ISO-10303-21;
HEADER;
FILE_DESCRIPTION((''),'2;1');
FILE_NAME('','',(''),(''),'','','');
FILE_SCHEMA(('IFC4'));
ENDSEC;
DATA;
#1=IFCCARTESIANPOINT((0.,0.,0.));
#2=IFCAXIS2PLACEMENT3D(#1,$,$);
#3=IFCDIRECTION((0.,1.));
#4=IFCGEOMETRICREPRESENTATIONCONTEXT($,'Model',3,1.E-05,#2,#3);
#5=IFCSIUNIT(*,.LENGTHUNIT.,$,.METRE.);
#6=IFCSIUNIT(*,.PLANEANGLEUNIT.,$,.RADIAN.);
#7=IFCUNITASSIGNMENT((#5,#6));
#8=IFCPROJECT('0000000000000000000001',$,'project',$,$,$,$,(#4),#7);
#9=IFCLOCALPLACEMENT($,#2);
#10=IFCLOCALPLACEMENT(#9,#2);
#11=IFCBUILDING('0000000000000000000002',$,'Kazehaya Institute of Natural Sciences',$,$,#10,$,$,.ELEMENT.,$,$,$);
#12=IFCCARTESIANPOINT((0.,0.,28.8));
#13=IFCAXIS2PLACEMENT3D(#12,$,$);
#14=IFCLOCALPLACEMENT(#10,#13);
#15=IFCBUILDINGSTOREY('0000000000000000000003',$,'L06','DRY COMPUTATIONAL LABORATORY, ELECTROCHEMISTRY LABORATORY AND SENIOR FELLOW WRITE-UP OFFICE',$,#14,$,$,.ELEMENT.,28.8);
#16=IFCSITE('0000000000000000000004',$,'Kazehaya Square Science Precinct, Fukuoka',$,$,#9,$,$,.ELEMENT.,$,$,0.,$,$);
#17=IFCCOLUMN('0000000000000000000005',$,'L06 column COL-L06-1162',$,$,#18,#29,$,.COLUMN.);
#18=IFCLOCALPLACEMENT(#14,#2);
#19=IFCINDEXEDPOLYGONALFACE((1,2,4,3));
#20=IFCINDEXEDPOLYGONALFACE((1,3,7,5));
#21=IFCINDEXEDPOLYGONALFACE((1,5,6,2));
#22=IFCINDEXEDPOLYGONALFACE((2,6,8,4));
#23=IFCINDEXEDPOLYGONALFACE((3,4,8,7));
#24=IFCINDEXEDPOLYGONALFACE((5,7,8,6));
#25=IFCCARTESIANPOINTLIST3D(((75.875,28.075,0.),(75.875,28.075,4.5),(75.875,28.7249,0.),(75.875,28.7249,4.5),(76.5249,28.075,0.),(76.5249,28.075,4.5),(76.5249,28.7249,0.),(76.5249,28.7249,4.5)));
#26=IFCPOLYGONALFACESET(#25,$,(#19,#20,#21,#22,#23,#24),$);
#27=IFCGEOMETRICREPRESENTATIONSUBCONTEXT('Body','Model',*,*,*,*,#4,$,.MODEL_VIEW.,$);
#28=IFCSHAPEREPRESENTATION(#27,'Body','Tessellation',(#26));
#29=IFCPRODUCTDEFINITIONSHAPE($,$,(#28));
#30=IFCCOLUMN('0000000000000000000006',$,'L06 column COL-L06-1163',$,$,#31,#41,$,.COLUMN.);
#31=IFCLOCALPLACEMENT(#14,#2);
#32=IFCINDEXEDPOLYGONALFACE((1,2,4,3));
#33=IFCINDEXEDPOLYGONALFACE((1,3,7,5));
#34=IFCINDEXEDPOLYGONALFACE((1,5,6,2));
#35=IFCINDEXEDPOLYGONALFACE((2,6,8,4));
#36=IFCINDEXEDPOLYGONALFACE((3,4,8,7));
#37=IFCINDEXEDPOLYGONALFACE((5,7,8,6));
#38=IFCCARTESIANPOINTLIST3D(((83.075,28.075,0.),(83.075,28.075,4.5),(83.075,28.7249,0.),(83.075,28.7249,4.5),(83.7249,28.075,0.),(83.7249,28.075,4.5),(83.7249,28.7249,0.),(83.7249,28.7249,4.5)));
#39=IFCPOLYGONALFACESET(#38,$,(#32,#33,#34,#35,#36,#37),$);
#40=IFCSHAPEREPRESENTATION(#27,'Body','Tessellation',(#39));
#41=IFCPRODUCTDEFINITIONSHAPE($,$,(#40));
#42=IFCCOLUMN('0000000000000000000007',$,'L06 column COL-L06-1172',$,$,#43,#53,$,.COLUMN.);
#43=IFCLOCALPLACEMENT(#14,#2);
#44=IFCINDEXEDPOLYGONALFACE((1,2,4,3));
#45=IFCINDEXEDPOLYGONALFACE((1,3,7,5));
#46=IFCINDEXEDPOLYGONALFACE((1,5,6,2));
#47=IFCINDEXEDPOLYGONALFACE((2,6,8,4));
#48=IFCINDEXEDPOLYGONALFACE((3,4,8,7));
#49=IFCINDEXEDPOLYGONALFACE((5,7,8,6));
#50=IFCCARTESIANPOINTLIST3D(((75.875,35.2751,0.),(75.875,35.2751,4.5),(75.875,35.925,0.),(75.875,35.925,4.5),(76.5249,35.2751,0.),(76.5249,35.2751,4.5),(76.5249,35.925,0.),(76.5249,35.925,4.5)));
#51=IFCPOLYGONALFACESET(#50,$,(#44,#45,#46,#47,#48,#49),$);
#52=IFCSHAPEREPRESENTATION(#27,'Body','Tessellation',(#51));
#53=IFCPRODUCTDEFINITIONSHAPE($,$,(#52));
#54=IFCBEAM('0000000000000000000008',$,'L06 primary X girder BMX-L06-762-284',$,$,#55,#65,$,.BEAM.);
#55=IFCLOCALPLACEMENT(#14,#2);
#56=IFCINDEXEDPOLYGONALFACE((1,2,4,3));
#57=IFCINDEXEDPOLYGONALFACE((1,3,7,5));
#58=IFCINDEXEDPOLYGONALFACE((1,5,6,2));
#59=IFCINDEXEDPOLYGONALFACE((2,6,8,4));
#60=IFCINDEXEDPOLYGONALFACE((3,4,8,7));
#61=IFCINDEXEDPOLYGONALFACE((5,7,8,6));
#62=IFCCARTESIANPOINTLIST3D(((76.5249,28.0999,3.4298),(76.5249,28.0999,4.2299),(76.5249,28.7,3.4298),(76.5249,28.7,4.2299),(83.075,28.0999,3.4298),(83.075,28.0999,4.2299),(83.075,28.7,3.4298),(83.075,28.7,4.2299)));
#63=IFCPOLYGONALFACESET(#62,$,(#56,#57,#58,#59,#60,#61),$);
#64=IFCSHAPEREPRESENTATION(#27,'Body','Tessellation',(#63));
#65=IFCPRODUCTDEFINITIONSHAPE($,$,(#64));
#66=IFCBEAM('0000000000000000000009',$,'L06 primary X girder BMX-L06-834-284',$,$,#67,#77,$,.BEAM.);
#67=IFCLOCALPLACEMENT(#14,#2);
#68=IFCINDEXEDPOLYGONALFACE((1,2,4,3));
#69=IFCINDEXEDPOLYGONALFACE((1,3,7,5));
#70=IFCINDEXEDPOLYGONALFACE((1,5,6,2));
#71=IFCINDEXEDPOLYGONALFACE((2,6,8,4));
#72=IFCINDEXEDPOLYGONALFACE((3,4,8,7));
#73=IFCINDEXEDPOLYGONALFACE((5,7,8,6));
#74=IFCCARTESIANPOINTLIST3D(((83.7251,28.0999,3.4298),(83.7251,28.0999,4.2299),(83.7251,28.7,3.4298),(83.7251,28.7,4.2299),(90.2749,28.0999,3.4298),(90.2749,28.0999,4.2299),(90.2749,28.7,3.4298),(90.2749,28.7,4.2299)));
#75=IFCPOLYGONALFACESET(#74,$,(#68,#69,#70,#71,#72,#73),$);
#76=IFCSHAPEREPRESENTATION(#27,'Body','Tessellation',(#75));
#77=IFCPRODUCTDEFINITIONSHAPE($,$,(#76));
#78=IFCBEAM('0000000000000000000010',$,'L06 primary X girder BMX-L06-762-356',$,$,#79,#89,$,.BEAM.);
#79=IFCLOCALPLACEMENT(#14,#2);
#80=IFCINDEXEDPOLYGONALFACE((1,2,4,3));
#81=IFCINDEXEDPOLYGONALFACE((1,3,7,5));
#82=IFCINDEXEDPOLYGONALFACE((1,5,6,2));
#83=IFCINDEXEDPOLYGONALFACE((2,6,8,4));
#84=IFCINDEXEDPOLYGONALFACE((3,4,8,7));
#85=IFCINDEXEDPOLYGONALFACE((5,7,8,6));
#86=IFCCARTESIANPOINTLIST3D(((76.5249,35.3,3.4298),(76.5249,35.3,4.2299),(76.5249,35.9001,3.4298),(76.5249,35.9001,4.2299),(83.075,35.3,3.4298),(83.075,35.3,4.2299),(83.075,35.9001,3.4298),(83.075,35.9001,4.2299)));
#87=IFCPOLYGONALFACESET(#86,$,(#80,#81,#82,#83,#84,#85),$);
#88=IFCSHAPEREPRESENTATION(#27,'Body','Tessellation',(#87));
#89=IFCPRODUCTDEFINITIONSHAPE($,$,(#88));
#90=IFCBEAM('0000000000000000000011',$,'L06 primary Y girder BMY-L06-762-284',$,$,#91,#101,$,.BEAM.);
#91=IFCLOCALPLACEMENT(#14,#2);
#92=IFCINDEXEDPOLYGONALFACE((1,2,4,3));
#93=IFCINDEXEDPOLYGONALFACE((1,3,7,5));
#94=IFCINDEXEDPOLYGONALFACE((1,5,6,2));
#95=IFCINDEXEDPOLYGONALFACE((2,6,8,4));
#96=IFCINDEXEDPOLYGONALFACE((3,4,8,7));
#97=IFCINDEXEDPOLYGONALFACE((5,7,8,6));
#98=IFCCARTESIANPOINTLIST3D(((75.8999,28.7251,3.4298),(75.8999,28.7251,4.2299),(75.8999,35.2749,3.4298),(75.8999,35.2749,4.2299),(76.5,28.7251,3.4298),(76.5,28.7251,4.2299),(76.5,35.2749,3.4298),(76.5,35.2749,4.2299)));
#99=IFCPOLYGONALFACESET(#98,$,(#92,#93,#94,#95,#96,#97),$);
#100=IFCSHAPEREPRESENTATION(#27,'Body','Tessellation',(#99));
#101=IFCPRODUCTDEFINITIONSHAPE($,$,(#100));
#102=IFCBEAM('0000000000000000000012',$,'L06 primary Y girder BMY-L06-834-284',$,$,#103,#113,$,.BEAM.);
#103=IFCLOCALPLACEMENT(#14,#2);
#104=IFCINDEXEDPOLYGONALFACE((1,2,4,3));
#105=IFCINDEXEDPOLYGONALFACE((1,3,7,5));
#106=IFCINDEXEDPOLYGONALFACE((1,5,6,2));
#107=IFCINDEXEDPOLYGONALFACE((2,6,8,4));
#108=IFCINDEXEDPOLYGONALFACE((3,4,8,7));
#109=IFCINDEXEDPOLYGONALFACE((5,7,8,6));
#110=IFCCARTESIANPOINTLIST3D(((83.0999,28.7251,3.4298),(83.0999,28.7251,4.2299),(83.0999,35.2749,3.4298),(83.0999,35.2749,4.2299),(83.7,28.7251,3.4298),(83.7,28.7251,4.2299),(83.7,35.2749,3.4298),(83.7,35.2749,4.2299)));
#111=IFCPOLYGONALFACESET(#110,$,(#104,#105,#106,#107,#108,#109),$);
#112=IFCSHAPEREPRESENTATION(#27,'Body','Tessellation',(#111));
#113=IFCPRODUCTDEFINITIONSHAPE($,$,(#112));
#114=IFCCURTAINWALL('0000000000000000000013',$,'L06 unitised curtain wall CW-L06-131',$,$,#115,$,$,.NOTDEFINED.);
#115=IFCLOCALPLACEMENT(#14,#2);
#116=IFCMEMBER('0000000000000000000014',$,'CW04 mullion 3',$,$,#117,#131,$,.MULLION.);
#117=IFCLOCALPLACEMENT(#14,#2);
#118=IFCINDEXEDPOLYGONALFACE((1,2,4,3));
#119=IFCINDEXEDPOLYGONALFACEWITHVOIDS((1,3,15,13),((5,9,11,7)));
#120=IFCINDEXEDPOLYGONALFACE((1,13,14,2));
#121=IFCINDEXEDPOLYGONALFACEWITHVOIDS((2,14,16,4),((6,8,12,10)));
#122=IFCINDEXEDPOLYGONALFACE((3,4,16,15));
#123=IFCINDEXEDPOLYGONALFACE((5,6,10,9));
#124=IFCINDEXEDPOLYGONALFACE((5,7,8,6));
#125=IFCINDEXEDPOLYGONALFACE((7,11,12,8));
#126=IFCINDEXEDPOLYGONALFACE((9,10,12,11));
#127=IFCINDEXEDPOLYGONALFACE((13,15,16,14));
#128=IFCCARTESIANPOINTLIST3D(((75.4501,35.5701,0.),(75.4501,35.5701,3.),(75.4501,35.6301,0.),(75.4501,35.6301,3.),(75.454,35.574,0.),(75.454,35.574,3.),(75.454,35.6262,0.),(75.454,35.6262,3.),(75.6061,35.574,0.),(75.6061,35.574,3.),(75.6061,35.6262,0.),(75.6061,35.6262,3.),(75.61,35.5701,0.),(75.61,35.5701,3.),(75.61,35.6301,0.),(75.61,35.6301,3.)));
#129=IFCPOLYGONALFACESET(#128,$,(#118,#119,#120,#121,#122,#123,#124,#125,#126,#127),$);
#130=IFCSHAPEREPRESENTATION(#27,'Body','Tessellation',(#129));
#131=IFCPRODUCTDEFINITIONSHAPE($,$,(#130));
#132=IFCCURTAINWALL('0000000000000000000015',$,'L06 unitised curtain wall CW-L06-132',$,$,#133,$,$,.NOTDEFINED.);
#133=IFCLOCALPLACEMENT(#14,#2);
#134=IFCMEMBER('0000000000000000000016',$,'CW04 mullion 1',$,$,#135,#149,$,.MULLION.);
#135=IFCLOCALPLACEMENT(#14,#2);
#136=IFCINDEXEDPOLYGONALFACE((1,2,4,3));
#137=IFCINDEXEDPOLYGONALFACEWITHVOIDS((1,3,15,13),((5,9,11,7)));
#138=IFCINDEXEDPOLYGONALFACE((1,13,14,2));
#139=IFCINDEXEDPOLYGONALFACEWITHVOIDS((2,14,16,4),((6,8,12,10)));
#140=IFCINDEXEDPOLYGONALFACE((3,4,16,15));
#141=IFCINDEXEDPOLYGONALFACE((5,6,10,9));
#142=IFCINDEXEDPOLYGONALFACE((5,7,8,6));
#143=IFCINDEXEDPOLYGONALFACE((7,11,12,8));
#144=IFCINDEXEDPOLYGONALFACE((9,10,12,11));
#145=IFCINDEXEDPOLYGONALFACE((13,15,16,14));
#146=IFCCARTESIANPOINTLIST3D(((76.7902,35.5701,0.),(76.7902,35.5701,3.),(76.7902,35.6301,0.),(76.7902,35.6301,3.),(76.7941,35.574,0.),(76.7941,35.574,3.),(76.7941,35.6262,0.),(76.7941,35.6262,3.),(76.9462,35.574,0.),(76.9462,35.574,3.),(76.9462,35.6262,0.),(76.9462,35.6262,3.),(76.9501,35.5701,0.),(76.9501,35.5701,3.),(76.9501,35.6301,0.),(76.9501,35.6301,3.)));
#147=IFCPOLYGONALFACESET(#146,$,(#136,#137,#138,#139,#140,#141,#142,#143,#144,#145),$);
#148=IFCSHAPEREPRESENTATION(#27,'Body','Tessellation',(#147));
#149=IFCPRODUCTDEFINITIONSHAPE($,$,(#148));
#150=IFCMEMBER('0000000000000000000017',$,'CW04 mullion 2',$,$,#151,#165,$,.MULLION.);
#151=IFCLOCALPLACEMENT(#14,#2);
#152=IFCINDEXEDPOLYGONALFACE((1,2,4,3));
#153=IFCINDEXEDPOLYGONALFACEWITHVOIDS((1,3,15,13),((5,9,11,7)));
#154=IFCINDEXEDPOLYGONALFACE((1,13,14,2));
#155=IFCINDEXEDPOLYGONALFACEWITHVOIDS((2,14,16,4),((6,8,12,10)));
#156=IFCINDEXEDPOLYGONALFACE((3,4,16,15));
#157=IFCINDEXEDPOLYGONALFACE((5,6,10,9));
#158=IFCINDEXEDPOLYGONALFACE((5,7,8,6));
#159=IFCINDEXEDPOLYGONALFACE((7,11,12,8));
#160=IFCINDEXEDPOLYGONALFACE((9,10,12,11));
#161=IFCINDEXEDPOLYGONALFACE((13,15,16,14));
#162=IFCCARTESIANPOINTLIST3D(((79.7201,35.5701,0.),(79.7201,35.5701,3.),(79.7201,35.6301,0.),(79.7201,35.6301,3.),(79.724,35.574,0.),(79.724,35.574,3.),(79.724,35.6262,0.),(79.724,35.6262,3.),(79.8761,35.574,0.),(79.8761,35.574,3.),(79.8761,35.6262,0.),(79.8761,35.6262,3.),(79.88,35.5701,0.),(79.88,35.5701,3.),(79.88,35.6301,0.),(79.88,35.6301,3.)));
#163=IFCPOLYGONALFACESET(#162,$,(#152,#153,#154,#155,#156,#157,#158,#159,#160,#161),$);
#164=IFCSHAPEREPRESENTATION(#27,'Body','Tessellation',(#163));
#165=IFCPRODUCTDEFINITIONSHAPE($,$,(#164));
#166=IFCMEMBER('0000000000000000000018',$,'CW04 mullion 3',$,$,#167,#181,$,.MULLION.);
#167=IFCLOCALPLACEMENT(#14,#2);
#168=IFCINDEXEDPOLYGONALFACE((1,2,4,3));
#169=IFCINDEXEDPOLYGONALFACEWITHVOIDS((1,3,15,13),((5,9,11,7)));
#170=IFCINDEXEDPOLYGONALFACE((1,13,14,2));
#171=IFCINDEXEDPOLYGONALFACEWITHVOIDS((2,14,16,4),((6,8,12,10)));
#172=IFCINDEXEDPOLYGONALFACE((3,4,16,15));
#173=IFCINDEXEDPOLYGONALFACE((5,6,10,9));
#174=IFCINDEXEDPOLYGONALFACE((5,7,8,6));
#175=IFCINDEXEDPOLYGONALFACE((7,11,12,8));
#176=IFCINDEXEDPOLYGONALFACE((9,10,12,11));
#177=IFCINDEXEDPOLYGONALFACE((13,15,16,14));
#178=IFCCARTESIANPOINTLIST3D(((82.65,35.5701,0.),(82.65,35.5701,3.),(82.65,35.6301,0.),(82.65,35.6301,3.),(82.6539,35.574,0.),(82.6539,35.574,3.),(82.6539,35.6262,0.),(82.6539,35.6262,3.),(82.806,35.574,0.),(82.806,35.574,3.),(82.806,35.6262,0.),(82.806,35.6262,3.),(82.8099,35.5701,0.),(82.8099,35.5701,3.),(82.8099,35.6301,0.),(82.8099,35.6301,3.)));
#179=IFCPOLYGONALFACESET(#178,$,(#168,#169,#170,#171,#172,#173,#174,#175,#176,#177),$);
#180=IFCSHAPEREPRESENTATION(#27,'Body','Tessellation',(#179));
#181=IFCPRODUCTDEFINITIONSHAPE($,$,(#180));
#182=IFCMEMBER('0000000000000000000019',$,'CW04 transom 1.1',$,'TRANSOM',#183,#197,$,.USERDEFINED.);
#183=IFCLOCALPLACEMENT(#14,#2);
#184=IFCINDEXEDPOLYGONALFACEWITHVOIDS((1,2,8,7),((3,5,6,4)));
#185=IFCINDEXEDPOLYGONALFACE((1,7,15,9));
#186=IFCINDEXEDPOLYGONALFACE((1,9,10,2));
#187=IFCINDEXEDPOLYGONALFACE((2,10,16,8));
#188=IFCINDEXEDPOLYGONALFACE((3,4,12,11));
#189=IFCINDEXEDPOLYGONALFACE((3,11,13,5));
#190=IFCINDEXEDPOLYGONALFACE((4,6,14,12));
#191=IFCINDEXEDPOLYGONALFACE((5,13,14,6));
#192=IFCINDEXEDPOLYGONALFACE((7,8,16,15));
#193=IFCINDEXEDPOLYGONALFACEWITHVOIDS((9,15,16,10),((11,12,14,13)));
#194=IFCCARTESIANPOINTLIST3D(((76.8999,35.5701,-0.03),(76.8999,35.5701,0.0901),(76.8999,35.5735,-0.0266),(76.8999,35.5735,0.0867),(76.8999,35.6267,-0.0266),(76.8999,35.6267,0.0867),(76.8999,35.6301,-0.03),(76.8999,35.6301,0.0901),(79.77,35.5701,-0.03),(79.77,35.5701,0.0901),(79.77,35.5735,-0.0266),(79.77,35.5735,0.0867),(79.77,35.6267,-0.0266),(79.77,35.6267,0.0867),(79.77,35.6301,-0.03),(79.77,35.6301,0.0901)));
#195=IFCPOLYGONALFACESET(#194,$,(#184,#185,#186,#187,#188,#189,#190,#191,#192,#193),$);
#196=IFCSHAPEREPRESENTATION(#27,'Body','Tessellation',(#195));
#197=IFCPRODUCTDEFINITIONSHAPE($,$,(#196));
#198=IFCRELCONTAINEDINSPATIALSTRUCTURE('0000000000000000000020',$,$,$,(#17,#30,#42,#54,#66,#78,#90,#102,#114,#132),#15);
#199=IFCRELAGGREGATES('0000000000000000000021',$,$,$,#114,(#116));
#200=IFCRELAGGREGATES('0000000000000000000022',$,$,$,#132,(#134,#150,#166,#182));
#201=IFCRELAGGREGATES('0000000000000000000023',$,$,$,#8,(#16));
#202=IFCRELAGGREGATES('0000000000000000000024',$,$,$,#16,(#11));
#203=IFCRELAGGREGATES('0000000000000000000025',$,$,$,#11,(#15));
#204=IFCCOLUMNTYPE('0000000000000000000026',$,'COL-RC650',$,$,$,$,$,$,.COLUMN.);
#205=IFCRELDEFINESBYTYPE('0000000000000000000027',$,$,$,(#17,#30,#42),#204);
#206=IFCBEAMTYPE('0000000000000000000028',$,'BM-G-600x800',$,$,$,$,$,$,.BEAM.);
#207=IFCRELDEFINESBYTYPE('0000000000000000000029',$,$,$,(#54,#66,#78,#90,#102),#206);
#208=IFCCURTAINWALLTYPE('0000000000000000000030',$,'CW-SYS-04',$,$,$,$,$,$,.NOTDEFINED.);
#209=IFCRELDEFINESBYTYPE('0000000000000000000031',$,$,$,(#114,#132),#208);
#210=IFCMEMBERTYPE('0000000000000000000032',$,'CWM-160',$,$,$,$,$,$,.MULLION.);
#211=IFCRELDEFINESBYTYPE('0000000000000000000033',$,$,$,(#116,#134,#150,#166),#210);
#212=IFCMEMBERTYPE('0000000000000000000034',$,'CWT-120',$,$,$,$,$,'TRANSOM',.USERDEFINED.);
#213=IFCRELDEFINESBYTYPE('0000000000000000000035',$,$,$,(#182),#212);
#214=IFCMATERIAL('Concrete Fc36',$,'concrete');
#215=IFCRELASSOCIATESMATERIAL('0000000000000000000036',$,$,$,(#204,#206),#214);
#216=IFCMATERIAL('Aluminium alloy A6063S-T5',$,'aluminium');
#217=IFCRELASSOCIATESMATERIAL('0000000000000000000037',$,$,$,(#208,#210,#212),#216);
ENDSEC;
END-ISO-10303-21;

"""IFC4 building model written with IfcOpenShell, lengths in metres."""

from ifc_helpers import new_model, si_unit, direction, frame, origin, origin_2d, place, context, subcontext, project, spatial, rectangle, hollow_rectangle, extrude, material, material_profile, profile_set, type_object, element, aggregate, save


model = new_model("IFC4")

# Units and contexts
model_context = context("Model", 3, precision=1e-05, world=origin(), true_north=direction((0.0, 1.0)))
body_context = subcontext(model_context, "Body", "Model", "MODEL_VIEW")
ifc_project = project(units=[si_unit("LENGTHUNIT", "METRE"), si_unit("PLANEANGLEUNIT", "RADIAN")], contexts=[model_context])

# Site, building, storey
site_placement = place(None, origin())
site = spatial("IfcSite", under=ifc_project, at=site_placement, Name="Kazehaya Square Science Precinct, Fukuoka", CompositionType="ELEMENT", RefElevation=0.0)
building_placement = place(site_placement, origin())
building = spatial("IfcBuilding", under=site, at=building_placement, Name="Kazehaya Institute of Natural Sciences", CompositionType="ELEMENT")
storey_placement = place(building_placement, frame((0.0, 0.0, 28.8)))
storey = spatial("IfcBuildingStorey", under=building, at=storey_placement, Name="L06", Description="DRY COMPUTATIONAL LABORATORY, ELECTROCHEMISTRY LABORATORY AND SENIOR FELLOW WRITE-UP OFFICE", CompositionType="ELEMENT", Elevation=28.8)

# Columns
ifc_material_1 = material(Name="Concrete Fc36", Category="concrete")
ifc_material_profile_1 = material_profile(ifc_material_1, rectangle(XDim=0.6499, YDim=0.6499, at=origin_2d()), Name="RC-650x650")
ifc_profile_set_1 = profile_set([ifc_material_profile_1], Name="Concrete Fc36")
column_type = type_object("IfcColumnType", Name="COL-RC650", PredefinedType="COLUMN", material=ifc_profile_set_1)
for number, where, z_axis, x_axis, name in (
    (1, (76.2, 28.3999, 0.0), (0.0, 0.0, 1.0), (1.0, 0.0, 0.0), "L06 column COL-L06-1162"),
    (2, (83.3999, 28.3999, 0.0), (0.0, 0.0, 1.0), (1.0, 0.0, 0.0), "L06 column COL-L06-1163"),
    (3, (76.2, 35.6001, 0.0), (0.0, 0.0, 1.0), (1.0, 0.0, 0.0), "L06 column COL-L06-1172"),
):
    element("IfcColumn", number, at=place(storey_placement, frame(where, z_axis=z_axis, x_axis=x_axis)), inside=storey, type_object=column_type, Name=name, PredefinedType="COLUMN", context=body_context, shape_type="SweptSolid", body=[
        extrude(rectangle(XDim=0.6499, YDim=0.6499, at=origin_2d()), origin(), (0.0, 0.0, 1.0), 4.5),
    ])

# Beams
ifc_material_profile_2 = material_profile(ifc_material_1, rectangle(XDim=0.6001, YDim=0.8, at=origin_2d()), Name="RC-600x800")
ifc_profile_set_2 = profile_set([ifc_material_profile_2], Name="Concrete Fc36")
beam_type = type_object("IfcBeamType", Name="BM-G-600x800", PredefinedType="BEAM", material=ifc_profile_set_2)
beam_1_placement = place(storey_placement, frame((76.5249, 28.3999, 3.8298), z_axis=(1.0, 0.0, 0.0), x_axis=(0.0, 1.0, 0.0)))
element("IfcBeam", 4, at=beam_1_placement, inside=storey, type_object=beam_type, Name="L06 primary X girder BMX-L06-762-284", PredefinedType="BEAM", context=body_context, shape_type="SweptSolid", body=[
    extrude(rectangle(XDim=0.6001, YDim=0.8, at=origin_2d()), origin(), (0.0, 0.0, 1.0), 6.55),
])
beam_2_placement = place(storey_placement, frame((83.7251, 28.3999, 3.8298), z_axis=(1.0, 0.0, 0.0), x_axis=(0.0, 1.0, 0.0)))
element("IfcBeam", 5, at=beam_2_placement, inside=storey, type_object=beam_type, Name="L06 primary X girder BMX-L06-834-284", PredefinedType="BEAM", context=body_context, shape_type="SweptSolid", body=[
    extrude(rectangle(XDim=0.6001, YDim=0.8, at=origin_2d()), origin(), (0.0, 0.0, 1.0), 6.5498),
])
beam_3_placement = place(storey_placement, frame((76.5249, 35.6001, 3.8298), z_axis=(1.0, 0.0, 0.0), x_axis=(0.0, 1.0, 0.0)))
element("IfcBeam", 6, at=beam_3_placement, inside=storey, type_object=beam_type, Name="L06 primary X girder BMX-L06-762-356", PredefinedType="BEAM", context=body_context, shape_type="SweptSolid", body=[
    extrude(rectangle(XDim=0.6001, YDim=0.8, at=origin_2d()), origin(), (0.0, 0.0, 1.0), 6.55),
])
for number, where, z_axis, x_axis, name in (
    (7, (76.2, 28.7251, 3.8298), (0.0, 1.0, 0.0), (-1.0, 0.0, 0.0), "L06 primary Y girder BMY-L06-762-284"),
    (8, (83.3999, 28.7251, 3.8298), (0.0, 1.0, 0.0), (-1.0, 0.0, 0.0), "L06 primary Y girder BMY-L06-834-284"),
):
    element("IfcBeam", number, at=place(storey_placement, frame(where, z_axis=z_axis, x_axis=x_axis)), inside=storey, type_object=beam_type, Name=name, PredefinedType="BEAM", context=body_context, shape_type="SweptSolid", body=[
        extrude(rectangle(XDim=0.6001, YDim=0.8, at=origin_2d()), origin(), (0.0, 0.0, 1.0), 6.5498),
    ])

# Curtain wall, member
ifc_material_2 = material(Name="Aluminium alloy A6063S-T5", Category="aluminium")
curtain_wall_type = type_object("IfcCurtainWallType", Name="CW-SYS-04", PredefinedType="NOTDEFINED", material=ifc_material_2)
curtain_wall_1_placement = place(storey_placement, origin())
curtain_wall_1 = element("IfcCurtainWall", 9, at=curtain_wall_1_placement, inside=storey, type_object=curtain_wall_type, Name="L06 unitised curtain wall CW-L06-131", PredefinedType="NOTDEFINED")
ifc_material_profile_3 = material_profile(ifc_material_2, hollow_rectangle(XDim=0.0601, YDim=0.1599, WallThickness=0.0039, at=origin_2d()), Name="ALU-60x160x4")
ifc_profile_set_3 = profile_set([ifc_material_profile_3], Name="Aluminium alloy A6063S-T5")
member_type_1 = type_object("IfcMemberType", Name="CWM-160", PredefinedType="MULLION", material=ifc_profile_set_3)
member_1_placement = place(storey_placement, frame((75.53, 35.6001, 0.0), z_axis=(0.0, 0.0, 1.0), x_axis=(0.0, 1.0, 0.0)))
member_1 = element("IfcMember", 10, at=member_1_placement, type_object=member_type_1, Name="CW04 mullion 3", PredefinedType="MULLION", context=body_context, shape_type="SweptSolid", body=[
    extrude(hollow_rectangle(XDim=0.0601, YDim=0.1599, WallThickness=0.0039, at=origin_2d()), origin(), (0.0, 0.0, 1.0), 3.0),
])
aggregate(curtain_wall_1, [member_1])

# Curtain wall, members
curtain_wall_2_placement = place(storey_placement, origin())
curtain_wall_2 = element("IfcCurtainWall", 11, at=curtain_wall_2_placement, inside=storey, type_object=curtain_wall_type, Name="L06 unitised curtain wall CW-L06-132", PredefinedType="NOTDEFINED")
member_2_placement = place(storey_placement, frame((76.8701, 35.6001, 0.0), z_axis=(0.0, 0.0, 1.0), x_axis=(0.0, 1.0, 0.0)))
member_2 = element("IfcMember", 12, at=member_2_placement, type_object=member_type_1, Name="CW04 mullion 1", PredefinedType="MULLION", context=body_context, shape_type="SweptSolid", body=[
    extrude(hollow_rectangle(XDim=0.0601, YDim=0.1599, WallThickness=0.0039, at=origin_2d()), origin(), (0.0, 0.0, 1.0), 3.0),
])
member_3_placement = place(storey_placement, frame((79.8, 35.6001, 0.0), z_axis=(0.0, 0.0, 1.0), x_axis=(0.0, 1.0, 0.0)))
member_3 = element("IfcMember", 13, at=member_3_placement, type_object=member_type_1, Name="CW04 mullion 2", PredefinedType="MULLION", context=body_context, shape_type="SweptSolid", body=[
    extrude(hollow_rectangle(XDim=0.0601, YDim=0.1599, WallThickness=0.0039, at=origin_2d()), origin(), (0.0, 0.0, 1.0), 3.0),
])
member_4_placement = place(storey_placement, frame((82.73, 35.6001, 0.0), z_axis=(0.0, 0.0, 1.0), x_axis=(0.0, 1.0, 0.0)))
member_4 = element("IfcMember", 14, at=member_4_placement, type_object=member_type_1, Name="CW04 mullion 3", PredefinedType="MULLION", context=body_context, shape_type="SweptSolid", body=[
    extrude(hollow_rectangle(XDim=0.0601, YDim=0.1599, WallThickness=0.0039, at=origin_2d()), origin(), (0.0, 0.0, 1.0), 3.0),
])
ifc_material_profile_4 = material_profile(ifc_material_2, hollow_rectangle(XDim=0.0601, YDim=0.1201, WallThickness=0.0034, at=origin_2d()), Name="ALU-60x120x3.5")
ifc_profile_set_4 = profile_set([ifc_material_profile_4], Name="Aluminium alloy A6063S-T5")
member_type_2 = type_object("IfcMemberType", Name="CWT-120", ElementType="TRANSOM", PredefinedType="USERDEFINED", material=ifc_profile_set_4)
member_5_placement = place(storey_placement, frame((76.8999, 35.6001, 0.03), z_axis=(1.0, 0.0, 0.0), x_axis=(0.0, 1.0, 0.0)))
member_5 = element("IfcMember", 15, at=member_5_placement, type_object=member_type_2, Name="CW04 transom 1.1", ObjectType="TRANSOM", PredefinedType="USERDEFINED", context=body_context, shape_type="SweptSolid", body=[
    extrude(hollow_rectangle(XDim=0.0601, YDim=0.1201, WallThickness=0.0034, at=origin_2d()), origin(), (0.0, 0.0, 1.0), 2.8701),
])

aggregate(curtain_wall_2, [member_2, member_3, member_4, member_5])

save(model, "model.ifc")
